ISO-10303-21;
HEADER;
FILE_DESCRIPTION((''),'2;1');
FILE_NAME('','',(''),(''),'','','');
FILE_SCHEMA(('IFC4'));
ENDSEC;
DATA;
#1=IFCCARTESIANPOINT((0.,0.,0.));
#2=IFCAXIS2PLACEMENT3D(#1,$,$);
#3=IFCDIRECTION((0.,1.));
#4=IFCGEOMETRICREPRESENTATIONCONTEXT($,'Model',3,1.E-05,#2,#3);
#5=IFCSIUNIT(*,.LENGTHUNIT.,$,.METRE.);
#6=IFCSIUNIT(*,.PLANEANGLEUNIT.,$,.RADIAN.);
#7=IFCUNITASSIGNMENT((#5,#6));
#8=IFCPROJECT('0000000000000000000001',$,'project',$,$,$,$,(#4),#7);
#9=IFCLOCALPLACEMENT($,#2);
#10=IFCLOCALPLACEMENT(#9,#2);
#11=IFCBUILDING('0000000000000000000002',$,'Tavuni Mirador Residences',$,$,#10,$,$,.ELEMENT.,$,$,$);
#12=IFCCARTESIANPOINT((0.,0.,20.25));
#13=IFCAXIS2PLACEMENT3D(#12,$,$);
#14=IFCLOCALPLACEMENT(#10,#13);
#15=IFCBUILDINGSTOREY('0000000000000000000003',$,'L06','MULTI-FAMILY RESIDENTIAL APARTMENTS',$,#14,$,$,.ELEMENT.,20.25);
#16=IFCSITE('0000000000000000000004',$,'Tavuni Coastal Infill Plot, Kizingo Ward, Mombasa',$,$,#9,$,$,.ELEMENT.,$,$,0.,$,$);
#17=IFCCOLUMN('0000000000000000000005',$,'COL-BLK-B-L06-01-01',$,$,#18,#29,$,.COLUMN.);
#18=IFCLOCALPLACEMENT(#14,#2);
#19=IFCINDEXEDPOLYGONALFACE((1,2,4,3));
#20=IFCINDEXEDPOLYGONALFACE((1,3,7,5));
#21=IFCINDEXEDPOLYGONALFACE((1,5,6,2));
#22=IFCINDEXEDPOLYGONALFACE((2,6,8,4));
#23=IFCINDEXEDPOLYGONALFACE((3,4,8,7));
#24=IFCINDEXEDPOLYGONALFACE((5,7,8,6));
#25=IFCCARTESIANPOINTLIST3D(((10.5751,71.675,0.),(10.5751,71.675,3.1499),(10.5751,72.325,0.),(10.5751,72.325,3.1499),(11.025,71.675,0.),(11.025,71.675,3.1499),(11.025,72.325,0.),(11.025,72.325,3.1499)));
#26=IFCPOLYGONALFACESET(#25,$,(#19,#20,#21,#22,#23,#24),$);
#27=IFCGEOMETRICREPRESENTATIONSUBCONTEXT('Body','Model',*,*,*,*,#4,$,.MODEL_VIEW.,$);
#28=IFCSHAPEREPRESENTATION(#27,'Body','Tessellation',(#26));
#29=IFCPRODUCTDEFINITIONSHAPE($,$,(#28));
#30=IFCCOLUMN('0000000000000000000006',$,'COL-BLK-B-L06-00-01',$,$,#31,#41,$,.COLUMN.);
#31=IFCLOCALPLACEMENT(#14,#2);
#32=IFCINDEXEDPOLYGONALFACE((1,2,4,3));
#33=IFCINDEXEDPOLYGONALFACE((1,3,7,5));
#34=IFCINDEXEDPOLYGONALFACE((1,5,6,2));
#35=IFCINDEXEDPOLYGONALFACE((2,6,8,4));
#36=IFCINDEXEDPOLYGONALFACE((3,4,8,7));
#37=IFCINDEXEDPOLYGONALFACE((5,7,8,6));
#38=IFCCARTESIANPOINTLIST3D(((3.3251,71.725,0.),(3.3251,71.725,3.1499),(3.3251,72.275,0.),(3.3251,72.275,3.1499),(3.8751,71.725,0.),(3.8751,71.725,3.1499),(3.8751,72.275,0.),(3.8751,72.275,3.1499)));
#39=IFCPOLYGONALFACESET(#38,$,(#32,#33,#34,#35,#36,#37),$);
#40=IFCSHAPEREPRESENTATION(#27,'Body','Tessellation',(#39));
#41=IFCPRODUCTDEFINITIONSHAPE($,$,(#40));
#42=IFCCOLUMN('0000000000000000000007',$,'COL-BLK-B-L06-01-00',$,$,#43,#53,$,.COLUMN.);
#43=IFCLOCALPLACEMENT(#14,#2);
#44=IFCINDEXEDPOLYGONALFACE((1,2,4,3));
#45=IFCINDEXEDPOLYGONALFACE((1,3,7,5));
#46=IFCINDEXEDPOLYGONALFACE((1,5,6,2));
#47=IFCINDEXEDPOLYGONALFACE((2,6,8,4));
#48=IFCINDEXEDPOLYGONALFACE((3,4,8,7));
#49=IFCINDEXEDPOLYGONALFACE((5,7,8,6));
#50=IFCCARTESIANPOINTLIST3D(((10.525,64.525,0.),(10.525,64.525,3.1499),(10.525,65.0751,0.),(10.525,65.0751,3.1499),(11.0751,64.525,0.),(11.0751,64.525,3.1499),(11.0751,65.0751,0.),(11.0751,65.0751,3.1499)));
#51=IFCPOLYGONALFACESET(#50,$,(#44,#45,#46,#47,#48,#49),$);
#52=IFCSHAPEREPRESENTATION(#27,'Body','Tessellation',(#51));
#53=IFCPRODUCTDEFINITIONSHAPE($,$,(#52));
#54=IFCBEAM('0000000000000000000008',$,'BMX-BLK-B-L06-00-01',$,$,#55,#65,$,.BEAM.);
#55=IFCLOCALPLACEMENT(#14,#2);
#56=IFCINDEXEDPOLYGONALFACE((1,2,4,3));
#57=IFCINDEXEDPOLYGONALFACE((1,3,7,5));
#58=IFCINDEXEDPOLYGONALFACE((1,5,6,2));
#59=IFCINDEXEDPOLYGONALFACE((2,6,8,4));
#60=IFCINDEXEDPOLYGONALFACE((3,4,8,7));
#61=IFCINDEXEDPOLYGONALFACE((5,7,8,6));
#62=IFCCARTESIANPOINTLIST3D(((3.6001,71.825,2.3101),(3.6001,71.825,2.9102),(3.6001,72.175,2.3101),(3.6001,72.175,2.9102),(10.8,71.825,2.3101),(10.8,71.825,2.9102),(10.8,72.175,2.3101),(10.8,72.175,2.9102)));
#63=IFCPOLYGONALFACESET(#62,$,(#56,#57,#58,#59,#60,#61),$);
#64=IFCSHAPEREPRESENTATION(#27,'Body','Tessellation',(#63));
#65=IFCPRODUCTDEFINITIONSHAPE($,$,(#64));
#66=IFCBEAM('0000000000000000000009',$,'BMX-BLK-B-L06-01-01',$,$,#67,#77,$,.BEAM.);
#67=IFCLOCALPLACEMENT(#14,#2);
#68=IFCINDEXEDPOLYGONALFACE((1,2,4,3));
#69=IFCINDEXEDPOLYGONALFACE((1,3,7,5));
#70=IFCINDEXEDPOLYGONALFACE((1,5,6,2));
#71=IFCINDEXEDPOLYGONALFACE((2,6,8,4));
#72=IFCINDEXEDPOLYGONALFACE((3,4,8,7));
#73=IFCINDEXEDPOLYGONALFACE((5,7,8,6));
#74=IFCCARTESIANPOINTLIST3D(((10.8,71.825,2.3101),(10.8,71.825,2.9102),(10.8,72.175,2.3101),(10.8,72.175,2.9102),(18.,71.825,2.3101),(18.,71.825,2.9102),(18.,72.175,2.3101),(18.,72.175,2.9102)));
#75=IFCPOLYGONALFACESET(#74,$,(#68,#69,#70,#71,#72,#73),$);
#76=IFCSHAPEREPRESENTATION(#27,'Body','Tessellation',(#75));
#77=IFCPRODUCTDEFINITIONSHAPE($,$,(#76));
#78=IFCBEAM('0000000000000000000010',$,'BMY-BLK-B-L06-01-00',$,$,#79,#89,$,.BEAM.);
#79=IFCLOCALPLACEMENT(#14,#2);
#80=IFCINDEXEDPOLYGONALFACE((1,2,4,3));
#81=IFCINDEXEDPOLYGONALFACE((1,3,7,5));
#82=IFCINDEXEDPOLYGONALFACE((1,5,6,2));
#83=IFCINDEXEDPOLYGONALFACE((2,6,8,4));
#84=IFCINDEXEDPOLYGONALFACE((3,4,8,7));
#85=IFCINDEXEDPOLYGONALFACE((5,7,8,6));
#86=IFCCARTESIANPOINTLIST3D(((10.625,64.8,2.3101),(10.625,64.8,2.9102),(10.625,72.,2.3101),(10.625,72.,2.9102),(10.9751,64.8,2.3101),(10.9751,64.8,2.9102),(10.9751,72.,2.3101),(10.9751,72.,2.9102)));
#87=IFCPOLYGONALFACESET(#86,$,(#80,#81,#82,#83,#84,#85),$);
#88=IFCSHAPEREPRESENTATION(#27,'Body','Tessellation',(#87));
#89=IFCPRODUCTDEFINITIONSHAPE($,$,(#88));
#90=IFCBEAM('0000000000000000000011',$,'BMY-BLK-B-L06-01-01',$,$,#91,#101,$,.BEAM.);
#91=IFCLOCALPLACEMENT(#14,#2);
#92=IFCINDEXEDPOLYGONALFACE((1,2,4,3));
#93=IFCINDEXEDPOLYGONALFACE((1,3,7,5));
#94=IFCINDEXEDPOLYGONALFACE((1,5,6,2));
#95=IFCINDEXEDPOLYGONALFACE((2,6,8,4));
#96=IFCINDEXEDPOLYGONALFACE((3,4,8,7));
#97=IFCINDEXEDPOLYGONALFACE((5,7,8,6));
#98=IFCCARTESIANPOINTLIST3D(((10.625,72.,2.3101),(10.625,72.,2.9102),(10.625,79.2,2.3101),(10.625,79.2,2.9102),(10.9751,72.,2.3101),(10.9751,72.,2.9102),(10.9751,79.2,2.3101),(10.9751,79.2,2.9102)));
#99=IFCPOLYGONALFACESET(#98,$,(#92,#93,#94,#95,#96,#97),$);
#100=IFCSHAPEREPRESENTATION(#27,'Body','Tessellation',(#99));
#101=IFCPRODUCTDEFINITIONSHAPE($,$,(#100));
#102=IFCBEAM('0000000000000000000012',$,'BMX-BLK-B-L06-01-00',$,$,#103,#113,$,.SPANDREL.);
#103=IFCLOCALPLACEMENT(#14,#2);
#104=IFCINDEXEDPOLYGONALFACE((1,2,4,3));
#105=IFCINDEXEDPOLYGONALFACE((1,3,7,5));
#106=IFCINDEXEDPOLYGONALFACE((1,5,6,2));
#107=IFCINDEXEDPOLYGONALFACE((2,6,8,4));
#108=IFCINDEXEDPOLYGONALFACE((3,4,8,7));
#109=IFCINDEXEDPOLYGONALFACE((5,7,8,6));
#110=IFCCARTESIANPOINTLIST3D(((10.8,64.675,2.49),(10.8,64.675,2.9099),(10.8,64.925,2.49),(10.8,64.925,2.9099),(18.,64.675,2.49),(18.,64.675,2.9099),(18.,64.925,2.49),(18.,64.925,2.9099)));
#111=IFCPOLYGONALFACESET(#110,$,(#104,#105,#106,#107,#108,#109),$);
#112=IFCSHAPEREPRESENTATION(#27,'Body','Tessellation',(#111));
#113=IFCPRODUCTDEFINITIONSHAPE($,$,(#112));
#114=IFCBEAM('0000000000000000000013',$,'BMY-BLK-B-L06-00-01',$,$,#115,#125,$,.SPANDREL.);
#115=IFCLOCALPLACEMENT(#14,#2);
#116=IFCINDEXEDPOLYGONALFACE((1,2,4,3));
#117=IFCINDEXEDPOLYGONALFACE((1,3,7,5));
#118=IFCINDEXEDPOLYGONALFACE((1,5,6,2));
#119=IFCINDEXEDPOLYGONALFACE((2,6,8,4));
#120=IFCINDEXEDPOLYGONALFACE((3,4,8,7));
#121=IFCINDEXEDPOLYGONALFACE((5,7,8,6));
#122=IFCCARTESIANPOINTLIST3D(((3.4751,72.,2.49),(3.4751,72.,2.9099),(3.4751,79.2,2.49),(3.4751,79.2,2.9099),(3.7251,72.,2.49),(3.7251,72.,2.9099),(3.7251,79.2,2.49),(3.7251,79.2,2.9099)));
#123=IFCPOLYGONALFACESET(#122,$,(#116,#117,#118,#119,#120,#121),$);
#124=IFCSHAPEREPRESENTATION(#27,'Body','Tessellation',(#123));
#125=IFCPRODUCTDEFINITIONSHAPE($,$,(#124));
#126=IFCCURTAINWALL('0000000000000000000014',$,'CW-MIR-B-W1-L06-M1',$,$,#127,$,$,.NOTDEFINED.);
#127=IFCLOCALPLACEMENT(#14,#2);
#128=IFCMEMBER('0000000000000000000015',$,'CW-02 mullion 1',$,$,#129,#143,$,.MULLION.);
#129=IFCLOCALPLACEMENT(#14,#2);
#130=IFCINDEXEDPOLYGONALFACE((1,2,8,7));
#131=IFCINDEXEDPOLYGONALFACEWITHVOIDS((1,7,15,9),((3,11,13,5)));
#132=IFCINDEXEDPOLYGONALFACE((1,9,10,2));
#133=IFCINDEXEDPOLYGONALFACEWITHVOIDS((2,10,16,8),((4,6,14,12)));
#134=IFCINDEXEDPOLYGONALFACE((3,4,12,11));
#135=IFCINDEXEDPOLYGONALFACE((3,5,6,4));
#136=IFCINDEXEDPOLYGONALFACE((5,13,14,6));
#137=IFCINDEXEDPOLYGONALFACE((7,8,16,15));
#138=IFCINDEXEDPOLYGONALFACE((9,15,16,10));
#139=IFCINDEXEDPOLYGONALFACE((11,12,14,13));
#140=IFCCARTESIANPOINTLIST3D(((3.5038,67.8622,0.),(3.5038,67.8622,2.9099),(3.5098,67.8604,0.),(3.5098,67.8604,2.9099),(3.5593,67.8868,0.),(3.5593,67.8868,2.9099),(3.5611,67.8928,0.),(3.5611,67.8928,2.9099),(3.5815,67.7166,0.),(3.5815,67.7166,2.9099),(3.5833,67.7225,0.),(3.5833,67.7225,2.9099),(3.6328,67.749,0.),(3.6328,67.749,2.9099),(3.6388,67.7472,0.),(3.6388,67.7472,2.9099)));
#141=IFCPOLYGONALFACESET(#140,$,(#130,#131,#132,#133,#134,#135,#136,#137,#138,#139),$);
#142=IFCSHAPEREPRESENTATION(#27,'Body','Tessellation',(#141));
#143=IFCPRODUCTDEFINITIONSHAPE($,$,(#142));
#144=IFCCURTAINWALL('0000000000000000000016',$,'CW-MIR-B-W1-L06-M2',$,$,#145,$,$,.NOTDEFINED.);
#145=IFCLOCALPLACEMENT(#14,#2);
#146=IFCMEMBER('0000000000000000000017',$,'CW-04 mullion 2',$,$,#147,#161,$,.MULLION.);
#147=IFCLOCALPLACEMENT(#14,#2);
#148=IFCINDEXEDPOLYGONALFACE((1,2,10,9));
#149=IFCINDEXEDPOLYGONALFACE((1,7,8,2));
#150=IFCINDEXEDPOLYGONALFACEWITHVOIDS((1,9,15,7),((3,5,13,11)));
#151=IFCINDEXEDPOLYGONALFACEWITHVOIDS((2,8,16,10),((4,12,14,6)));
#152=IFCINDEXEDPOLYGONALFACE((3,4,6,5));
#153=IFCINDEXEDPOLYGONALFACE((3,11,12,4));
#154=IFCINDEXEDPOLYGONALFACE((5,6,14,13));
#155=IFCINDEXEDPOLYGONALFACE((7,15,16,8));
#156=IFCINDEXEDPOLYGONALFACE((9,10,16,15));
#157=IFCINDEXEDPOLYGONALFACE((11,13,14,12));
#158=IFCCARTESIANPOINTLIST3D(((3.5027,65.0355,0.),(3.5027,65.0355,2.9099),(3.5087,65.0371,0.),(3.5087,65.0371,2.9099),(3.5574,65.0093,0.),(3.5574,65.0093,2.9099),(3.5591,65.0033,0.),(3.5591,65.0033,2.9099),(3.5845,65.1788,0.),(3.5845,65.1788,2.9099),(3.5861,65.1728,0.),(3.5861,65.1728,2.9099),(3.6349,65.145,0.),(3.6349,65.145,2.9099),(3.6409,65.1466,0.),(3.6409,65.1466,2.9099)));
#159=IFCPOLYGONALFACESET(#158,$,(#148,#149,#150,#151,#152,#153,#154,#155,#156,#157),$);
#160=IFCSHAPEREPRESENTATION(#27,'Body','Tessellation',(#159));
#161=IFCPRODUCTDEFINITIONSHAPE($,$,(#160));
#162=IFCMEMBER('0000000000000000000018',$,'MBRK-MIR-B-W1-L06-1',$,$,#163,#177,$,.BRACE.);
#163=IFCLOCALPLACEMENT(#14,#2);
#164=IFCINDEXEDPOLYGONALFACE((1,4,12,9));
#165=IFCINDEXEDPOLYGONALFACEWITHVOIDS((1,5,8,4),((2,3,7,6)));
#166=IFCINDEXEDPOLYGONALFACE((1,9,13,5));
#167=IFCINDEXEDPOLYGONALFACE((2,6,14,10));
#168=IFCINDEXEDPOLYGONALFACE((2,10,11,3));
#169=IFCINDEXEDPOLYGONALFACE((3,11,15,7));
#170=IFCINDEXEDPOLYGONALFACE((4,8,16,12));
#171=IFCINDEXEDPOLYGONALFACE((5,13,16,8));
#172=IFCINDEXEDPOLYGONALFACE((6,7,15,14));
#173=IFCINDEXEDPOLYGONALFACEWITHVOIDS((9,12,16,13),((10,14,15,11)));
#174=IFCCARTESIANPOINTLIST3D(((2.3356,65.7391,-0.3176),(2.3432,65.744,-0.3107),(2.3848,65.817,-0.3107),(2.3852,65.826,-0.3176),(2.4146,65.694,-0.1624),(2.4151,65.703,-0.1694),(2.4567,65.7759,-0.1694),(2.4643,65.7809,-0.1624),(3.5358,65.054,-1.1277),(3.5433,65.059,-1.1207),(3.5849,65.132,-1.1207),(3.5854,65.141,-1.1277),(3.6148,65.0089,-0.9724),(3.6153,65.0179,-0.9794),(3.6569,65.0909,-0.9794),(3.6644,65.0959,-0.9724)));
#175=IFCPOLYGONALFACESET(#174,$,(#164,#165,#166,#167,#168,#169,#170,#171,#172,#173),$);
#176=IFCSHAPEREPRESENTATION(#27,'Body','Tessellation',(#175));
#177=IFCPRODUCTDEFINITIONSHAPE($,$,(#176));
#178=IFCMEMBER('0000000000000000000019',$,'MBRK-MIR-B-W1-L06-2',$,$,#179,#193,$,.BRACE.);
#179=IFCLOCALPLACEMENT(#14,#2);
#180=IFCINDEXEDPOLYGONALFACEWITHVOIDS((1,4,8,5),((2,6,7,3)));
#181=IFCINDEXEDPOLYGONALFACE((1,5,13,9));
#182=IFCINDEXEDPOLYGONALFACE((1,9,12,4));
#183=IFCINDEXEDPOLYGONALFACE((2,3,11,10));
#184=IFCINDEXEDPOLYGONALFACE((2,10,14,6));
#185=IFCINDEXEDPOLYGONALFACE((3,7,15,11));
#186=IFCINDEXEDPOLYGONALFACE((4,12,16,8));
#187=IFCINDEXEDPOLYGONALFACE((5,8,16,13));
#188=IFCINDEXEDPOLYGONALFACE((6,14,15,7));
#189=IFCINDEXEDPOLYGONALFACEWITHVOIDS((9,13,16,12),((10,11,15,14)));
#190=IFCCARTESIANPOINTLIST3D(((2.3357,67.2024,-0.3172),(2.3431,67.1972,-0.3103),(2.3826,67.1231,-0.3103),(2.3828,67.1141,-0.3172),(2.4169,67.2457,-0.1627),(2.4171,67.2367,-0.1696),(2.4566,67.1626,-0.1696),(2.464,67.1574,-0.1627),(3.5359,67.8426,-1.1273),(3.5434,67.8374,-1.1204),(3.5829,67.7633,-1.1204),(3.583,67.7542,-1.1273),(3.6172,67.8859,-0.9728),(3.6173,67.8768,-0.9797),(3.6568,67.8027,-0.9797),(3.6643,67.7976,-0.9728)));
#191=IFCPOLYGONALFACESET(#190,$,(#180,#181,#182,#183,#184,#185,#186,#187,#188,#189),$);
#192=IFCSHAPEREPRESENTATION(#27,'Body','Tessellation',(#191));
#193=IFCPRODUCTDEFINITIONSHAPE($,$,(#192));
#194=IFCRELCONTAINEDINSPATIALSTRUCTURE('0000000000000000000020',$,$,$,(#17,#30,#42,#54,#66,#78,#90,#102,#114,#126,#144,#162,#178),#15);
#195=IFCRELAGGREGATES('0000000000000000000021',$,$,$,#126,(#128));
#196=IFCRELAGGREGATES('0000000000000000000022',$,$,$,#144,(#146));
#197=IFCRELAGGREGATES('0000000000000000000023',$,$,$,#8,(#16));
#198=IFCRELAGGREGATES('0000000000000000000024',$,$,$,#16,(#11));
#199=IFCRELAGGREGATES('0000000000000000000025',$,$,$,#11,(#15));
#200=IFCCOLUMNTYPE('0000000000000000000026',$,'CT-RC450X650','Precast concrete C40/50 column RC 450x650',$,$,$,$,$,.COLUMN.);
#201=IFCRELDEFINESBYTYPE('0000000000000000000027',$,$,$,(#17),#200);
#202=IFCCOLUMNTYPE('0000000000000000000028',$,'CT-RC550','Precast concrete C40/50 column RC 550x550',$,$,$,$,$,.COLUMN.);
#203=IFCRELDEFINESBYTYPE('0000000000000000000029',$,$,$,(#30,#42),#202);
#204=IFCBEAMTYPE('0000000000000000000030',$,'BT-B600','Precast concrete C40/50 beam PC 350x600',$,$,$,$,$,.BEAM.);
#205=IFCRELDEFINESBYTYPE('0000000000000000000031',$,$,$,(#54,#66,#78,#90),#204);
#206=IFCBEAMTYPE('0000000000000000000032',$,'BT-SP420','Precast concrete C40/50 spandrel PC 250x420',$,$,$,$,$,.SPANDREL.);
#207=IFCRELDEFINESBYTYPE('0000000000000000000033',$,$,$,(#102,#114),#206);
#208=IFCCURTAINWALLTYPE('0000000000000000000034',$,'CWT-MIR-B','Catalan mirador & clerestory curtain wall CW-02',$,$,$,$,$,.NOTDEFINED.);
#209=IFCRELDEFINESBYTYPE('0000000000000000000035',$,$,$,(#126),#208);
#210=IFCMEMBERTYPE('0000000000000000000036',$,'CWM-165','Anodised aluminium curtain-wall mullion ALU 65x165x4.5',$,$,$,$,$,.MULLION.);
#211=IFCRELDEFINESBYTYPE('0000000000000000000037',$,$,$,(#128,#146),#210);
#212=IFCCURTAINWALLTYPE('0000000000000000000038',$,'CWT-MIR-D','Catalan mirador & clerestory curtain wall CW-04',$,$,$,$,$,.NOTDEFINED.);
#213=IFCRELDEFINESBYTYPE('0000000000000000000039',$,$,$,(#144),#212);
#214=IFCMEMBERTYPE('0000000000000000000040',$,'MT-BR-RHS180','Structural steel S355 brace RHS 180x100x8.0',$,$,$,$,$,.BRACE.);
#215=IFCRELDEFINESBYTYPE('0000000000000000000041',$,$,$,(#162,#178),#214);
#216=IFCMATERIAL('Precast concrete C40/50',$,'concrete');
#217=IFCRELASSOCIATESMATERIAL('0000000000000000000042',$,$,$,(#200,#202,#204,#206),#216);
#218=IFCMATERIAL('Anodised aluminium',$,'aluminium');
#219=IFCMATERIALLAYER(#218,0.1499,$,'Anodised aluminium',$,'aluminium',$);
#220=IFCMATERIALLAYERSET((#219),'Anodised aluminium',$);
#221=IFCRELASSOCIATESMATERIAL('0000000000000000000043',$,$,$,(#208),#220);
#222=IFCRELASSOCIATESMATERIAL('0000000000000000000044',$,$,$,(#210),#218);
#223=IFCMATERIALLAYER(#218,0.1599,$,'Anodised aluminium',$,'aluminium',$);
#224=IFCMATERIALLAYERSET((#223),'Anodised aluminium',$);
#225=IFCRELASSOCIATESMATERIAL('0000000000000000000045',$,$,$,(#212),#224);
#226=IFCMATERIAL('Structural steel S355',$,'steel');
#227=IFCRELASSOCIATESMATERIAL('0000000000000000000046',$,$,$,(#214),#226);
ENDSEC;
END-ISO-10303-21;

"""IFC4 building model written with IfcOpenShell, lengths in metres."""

from ifc_helpers import new_model, si_unit, direction, frame, origin, origin_2d, place, context, subcontext, project, spatial, rectangle, hollow_rectangle, extrude, material, layer, layer_set, material_profile, profile_set, type_object, element, aggregate, save


model = new_model("IFC4")

# Units and contexts
model_context = context("Model", 3, precision=1e-05, world=origin(), true_north=direction((0.0, 1.0)))
body_context = subcontext(model_context, "Body", "Model", "MODEL_VIEW")
ifc_project = project(units=[si_unit("LENGTHUNIT", "METRE"), si_unit("PLANEANGLEUNIT", "RADIAN")], contexts=[model_context])

# Site, building, storey
site_placement = place(None, origin())
site = spatial("IfcSite", under=ifc_project, at=site_placement, Name="Tavuni Coastal Infill Plot, Kizingo Ward, Mombasa", CompositionType="ELEMENT", RefElevation=0.0)
building_placement = place(site_placement, origin())
building = spatial("IfcBuilding", under=site, at=building_placement, Name="Tavuni Mirador Residences", CompositionType="ELEMENT")
storey_placement = place(building_placement, frame((0.0, 0.0, 20.25)))
storey = spatial("IfcBuildingStorey", under=building, at=storey_placement, Name="L06", Description="MULTI-FAMILY RESIDENTIAL APARTMENTS", CompositionType="ELEMENT", Elevation=20.25)

# Columns
ifc_material_1 = material(Name="Precast concrete C40/50", Category="concrete")
ifc_material_profile_1 = material_profile(ifc_material_1, rectangle(XDim=0.45, YDim=0.6499, at=origin_2d()), Name="RC 450x650", Category="concrete")
ifc_profile_set_1 = profile_set([ifc_material_profile_1], Name="Precast concrete C40/50")
column_type_1 = type_object("IfcColumnType", Name="CT-RC450X650", Description="Precast concrete C40/50 column RC 450x650", PredefinedType="COLUMN", material=ifc_profile_set_1)
column_placement = place(storey_placement, frame((10.8, 72.0, 0.0), z_axis=(0.0, 0.0, 1.0), x_axis=(1.0, 0.0, 0.0)))
element("IfcColumn", 1, at=column_placement, inside=storey, type_object=column_type_1, Name="COL-BLK-B-L06-01-01", PredefinedType="COLUMN", context=body_context, shape_type="SweptSolid", body=[
    extrude(rectangle(XDim=0.45, YDim=0.6499, at=origin_2d()), origin(), (0.0, 0.0, 1.0), 3.1499),
])
ifc_material_profile_2 = material_profile(ifc_material_1, rectangle(XDim=0.55, YDim=0.55, at=origin_2d()), Name="RC 550x550", Category="concrete")
ifc_profile_set_2 = profile_set([ifc_material_profile_2], Name="Precast concrete C40/50")
column_type_2 = type_object("IfcColumnType", Name="CT-RC550", Description="Precast concrete C40/50 column RC 550x550", PredefinedType="COLUMN", material=ifc_profile_set_2)
for number, where, z_axis, x_axis, name in (
    (2, (3.6001, 72.0, 0.0), (0.0, 0.0, 1.0), (1.0, 0.0, 0.0), "COL-BLK-B-L06-00-01"),
    (3, (10.8, 64.8, 0.0), (0.0, 0.0, 1.0), (1.0, 0.0, 0.0), "COL-BLK-B-L06-01-00"),
):
    element("IfcColumn", number, at=place(storey_placement, frame(where, z_axis=z_axis, x_axis=x_axis)), inside=storey, type_object=column_type_2, Name=name, PredefinedType="COLUMN", context=body_context, shape_type="SweptSolid", body=[
        extrude(rectangle(XDim=0.55, YDim=0.55, at=origin_2d()), origin(), (0.0, 0.0, 1.0), 3.1499),
    ])

# Beams
ifc_material_profile_3 = material_profile(ifc_material_1, rectangle(XDim=0.3501, YDim=0.6001, at=origin_2d()), Name="PC 350x600", Category="concrete")
ifc_profile_set_3 = profile_set([ifc_material_profile_3], Name="Precast concrete C40/50")
beam_type_1 = type_object("IfcBeamType", Name="BT-B600", Description="Precast concrete C40/50 beam PC 350x600", PredefinedType="BEAM", material=ifc_profile_set_3)
for number, where, z_axis, x_axis, name in (
    (4, (3.6001, 72.0, 2.6101), (1.0, 0.0, 0.0), (0.0, 1.0, 0.0), "BMX-BLK-B-L06-00-01"),
    (5, (10.8, 72.0, 2.6101), (1.0, 0.0, 0.0), (0.0, 1.0, 0.0), "BMX-BLK-B-L06-01-01"),
    (6, (10.8, 64.8, 2.6101), (0.0, 1.0, 0.0), (-1.0, 0.0, 0.0), "BMY-BLK-B-L06-01-00"),
    (7, (10.8, 72.0, 2.6101), (0.0, 1.0, 0.0), (-1.0, 0.0, 0.0), "BMY-BLK-B-L06-01-01"),
):
    element("IfcBeam", number, at=place(storey_placement, frame(where, z_axis=z_axis, x_axis=x_axis)), inside=storey, type_object=beam_type_1, Name=name, PredefinedType="BEAM", context=body_context, shape_type="SweptSolid", body=[
        extrude(rectangle(XDim=0.3501, YDim=0.6001, at=origin_2d()), origin(), (0.0, 0.0, 1.0), 7.2),
    ])
ifc_material_profile_4 = material_profile(ifc_material_1, rectangle(XDim=0.25, YDim=0.4199, at=origin_2d()), Name="PC 250x420", Category="concrete")
ifc_profile_set_4 = profile_set([ifc_material_profile_4], Name="Precast concrete C40/50")
beam_type_2 = type_object("IfcBeamType", Name="BT-SP420", Description="Precast concrete C40/50 spandrel PC 250x420", PredefinedType="SPANDREL", material=ifc_profile_set_4)
for number, where, z_axis, x_axis, name in (
    (8, (10.8, 64.8, 2.7), (1.0, 0.0, 0.0), (0.0, 1.0, 0.0), "BMX-BLK-B-L06-01-00"),
    (9, (3.6001, 72.0, 2.7), (0.0, 1.0, 0.0), (-1.0, 0.0, 0.0), "BMY-BLK-B-L06-00-01"),
):
    element("IfcBeam", number, at=place(storey_placement, frame(where, z_axis=z_axis, x_axis=x_axis)), inside=storey, type_object=beam_type_2, Name=name, PredefinedType="SPANDREL", context=body_context, shape_type="SweptSolid", body=[
        extrude(rectangle(XDim=0.25, YDim=0.4199, at=origin_2d()), origin(), (0.0, 0.0, 1.0), 7.2),
    ])

# Curtain walls, members
ifc_material_2 = material(Name="Anodised aluminium", Category="aluminium")
ifc_layer_1 = layer(ifc_material_2, 0.1499, Name="Anodised aluminium", Category="aluminium")
ifc_layer_set_1 = layer_set([ifc_layer_1], Name="Anodised aluminium")
curtain_wall_type_1 = type_object("IfcCurtainWallType", Name="CWT-MIR-B", Description="Catalan mirador & clerestory curtain wall CW-02", PredefinedType="NOTDEFINED", material=ifc_layer_set_1)
curtain_wall_1_placement = place(storey_placement, origin())
curtain_wall_1 = element("IfcCurtainWall", 10, at=curtain_wall_1_placement, inside=storey, type_object=curtain_wall_type_1, Name="CW-MIR-B-W1-L06-M1", PredefinedType="NOTDEFINED")
ifc_material_profile_5 = material_profile(ifc_material_2, hollow_rectangle(XDim=0.0649, YDim=0.165, WallThickness=0.0044, at=origin_2d()), Name="ALU 65x165x4.5", Category="aluminium")
ifc_profile_set_5 = profile_set([ifc_material_profile_5], Name="Anodised aluminium")
member_type_1 = type_object("IfcMemberType", Name="CWM-165", Description="Anodised aluminium curtain-wall mullion ALU 65x165x4.5", PredefinedType="MULLION", material=ifc_profile_set_5)
member_1_placement = place(storey_placement, frame((3.5713, 67.8047, 0.0), z_axis=(0.0, 0.0, 1.0), x_axis=(-0.882353, -0.470588, 0.0)))
member_1 = element("IfcMember", 11, at=member_1_placement, type_object=member_type_1, Name="CW-02 mullion 1", PredefinedType="MULLION", context=body_context, shape_type="SweptSolid", body=[
    extrude(hollow_rectangle(XDim=0.0649, YDim=0.165, WallThickness=0.0044, at=origin_2d()), origin(), (0.0, 0.0, 1.0), 2.9099),
])
aggregate(curtain_wall_1, [member_1])
ifc_layer_2 = layer(ifc_material_2, 0.1599, Name="Anodised aluminium", Category="aluminium")
ifc_layer_set_2 = layer_set([ifc_layer_2], Name="Anodised aluminium")
curtain_wall_type_2 = type_object("IfcCurtainWallType", Name="CWT-MIR-D", Description="Catalan mirador & clerestory curtain wall CW-04", PredefinedType="NOTDEFINED", material=ifc_layer_set_2)
curtain_wall_2_placement = place(storey_placement, origin())
curtain_wall_2 = element("IfcCurtainWall", 12, at=curtain_wall_2_placement, inside=storey, type_object=curtain_wall_type_2, Name="CW-MIR-B-W1-L06-M2", PredefinedType="NOTDEFINED")
member_2_placement = place(storey_placement, frame((3.5718, 65.0911, 0.0), z_axis=(0.0, 0.0, 1.0), x_axis=(0.868466, -0.495749, 0.0)))
member_2 = element("IfcMember", 13, at=member_2_placement, type_object=member_type_1, Name="CW-04 mullion 2", PredefinedType="MULLION", context=body_context, shape_type="SweptSolid", body=[
    extrude(hollow_rectangle(XDim=0.0649, YDim=0.165, WallThickness=0.0044, at=origin_2d()), origin(), (0.0, 0.0, 1.0), 2.9099),
])
aggregate(curtain_wall_2, [member_2])

# Members
ifc_material_3 = material(Name="Structural steel S355", Category="steel")
ifc_material_profile_6 = material_profile(ifc_material_3, hollow_rectangle(XDim=0.1001, YDim=0.1799, WallThickness=0.0081, at=origin_2d()), Name="RHS 180x100x8.0", Category="steel")
ifc_profile_set_6 = profile_set([ifc_material_profile_6], Name="Structural steel S355")
member_type_2 = type_object("IfcMemberType", Name="MT-BR-RHS180", Description="Structural steel S355 brace RHS 180x100x8.0", PredefinedType="BRACE", material=ifc_profile_set_6)
member_3_placement = place(storey_placement, frame((3.6001, 65.075, -1.05), z_axis=(-0.749249, 0.427663, 0.505697), x_axis=(-0.49572, -0.868482, 0.0)))
element("IfcMember", 14, at=member_3_placement, inside=storey, type_object=member_type_2, Name="MBRK-MIR-B-W1-L06-1", PredefinedType="BRACE", context=body_context, shape_type="SweptSolid", body=[
    extrude(hollow_rectangle(XDim=0.1001, YDim=0.1799, WallThickness=0.0081, at=origin_2d()), origin(), (0.0, 0.0, 1.0), 1.6018),
])
member_4_placement = place(storey_placement, frame((3.6001, 67.8201, -1.05), z_axis=(-0.758095, -0.404338, 0.511668), x_axis=(0.470607, -0.882343, 0.0)))
element("IfcMember", 15, at=member_4_placement, inside=storey, type_object=member_type_2, Name="MBRK-MIR-B-W1-L06-2", PredefinedType="BRACE", context=body_context, shape_type="SweptSolid", body=[
    extrude(hollow_rectangle(XDim=0.1001, YDim=0.1799, WallThickness=0.0081, at=origin_2d()), origin(), (0.0, 0.0, 1.0), 1.5833),
])

save(model, "model.ifc")
